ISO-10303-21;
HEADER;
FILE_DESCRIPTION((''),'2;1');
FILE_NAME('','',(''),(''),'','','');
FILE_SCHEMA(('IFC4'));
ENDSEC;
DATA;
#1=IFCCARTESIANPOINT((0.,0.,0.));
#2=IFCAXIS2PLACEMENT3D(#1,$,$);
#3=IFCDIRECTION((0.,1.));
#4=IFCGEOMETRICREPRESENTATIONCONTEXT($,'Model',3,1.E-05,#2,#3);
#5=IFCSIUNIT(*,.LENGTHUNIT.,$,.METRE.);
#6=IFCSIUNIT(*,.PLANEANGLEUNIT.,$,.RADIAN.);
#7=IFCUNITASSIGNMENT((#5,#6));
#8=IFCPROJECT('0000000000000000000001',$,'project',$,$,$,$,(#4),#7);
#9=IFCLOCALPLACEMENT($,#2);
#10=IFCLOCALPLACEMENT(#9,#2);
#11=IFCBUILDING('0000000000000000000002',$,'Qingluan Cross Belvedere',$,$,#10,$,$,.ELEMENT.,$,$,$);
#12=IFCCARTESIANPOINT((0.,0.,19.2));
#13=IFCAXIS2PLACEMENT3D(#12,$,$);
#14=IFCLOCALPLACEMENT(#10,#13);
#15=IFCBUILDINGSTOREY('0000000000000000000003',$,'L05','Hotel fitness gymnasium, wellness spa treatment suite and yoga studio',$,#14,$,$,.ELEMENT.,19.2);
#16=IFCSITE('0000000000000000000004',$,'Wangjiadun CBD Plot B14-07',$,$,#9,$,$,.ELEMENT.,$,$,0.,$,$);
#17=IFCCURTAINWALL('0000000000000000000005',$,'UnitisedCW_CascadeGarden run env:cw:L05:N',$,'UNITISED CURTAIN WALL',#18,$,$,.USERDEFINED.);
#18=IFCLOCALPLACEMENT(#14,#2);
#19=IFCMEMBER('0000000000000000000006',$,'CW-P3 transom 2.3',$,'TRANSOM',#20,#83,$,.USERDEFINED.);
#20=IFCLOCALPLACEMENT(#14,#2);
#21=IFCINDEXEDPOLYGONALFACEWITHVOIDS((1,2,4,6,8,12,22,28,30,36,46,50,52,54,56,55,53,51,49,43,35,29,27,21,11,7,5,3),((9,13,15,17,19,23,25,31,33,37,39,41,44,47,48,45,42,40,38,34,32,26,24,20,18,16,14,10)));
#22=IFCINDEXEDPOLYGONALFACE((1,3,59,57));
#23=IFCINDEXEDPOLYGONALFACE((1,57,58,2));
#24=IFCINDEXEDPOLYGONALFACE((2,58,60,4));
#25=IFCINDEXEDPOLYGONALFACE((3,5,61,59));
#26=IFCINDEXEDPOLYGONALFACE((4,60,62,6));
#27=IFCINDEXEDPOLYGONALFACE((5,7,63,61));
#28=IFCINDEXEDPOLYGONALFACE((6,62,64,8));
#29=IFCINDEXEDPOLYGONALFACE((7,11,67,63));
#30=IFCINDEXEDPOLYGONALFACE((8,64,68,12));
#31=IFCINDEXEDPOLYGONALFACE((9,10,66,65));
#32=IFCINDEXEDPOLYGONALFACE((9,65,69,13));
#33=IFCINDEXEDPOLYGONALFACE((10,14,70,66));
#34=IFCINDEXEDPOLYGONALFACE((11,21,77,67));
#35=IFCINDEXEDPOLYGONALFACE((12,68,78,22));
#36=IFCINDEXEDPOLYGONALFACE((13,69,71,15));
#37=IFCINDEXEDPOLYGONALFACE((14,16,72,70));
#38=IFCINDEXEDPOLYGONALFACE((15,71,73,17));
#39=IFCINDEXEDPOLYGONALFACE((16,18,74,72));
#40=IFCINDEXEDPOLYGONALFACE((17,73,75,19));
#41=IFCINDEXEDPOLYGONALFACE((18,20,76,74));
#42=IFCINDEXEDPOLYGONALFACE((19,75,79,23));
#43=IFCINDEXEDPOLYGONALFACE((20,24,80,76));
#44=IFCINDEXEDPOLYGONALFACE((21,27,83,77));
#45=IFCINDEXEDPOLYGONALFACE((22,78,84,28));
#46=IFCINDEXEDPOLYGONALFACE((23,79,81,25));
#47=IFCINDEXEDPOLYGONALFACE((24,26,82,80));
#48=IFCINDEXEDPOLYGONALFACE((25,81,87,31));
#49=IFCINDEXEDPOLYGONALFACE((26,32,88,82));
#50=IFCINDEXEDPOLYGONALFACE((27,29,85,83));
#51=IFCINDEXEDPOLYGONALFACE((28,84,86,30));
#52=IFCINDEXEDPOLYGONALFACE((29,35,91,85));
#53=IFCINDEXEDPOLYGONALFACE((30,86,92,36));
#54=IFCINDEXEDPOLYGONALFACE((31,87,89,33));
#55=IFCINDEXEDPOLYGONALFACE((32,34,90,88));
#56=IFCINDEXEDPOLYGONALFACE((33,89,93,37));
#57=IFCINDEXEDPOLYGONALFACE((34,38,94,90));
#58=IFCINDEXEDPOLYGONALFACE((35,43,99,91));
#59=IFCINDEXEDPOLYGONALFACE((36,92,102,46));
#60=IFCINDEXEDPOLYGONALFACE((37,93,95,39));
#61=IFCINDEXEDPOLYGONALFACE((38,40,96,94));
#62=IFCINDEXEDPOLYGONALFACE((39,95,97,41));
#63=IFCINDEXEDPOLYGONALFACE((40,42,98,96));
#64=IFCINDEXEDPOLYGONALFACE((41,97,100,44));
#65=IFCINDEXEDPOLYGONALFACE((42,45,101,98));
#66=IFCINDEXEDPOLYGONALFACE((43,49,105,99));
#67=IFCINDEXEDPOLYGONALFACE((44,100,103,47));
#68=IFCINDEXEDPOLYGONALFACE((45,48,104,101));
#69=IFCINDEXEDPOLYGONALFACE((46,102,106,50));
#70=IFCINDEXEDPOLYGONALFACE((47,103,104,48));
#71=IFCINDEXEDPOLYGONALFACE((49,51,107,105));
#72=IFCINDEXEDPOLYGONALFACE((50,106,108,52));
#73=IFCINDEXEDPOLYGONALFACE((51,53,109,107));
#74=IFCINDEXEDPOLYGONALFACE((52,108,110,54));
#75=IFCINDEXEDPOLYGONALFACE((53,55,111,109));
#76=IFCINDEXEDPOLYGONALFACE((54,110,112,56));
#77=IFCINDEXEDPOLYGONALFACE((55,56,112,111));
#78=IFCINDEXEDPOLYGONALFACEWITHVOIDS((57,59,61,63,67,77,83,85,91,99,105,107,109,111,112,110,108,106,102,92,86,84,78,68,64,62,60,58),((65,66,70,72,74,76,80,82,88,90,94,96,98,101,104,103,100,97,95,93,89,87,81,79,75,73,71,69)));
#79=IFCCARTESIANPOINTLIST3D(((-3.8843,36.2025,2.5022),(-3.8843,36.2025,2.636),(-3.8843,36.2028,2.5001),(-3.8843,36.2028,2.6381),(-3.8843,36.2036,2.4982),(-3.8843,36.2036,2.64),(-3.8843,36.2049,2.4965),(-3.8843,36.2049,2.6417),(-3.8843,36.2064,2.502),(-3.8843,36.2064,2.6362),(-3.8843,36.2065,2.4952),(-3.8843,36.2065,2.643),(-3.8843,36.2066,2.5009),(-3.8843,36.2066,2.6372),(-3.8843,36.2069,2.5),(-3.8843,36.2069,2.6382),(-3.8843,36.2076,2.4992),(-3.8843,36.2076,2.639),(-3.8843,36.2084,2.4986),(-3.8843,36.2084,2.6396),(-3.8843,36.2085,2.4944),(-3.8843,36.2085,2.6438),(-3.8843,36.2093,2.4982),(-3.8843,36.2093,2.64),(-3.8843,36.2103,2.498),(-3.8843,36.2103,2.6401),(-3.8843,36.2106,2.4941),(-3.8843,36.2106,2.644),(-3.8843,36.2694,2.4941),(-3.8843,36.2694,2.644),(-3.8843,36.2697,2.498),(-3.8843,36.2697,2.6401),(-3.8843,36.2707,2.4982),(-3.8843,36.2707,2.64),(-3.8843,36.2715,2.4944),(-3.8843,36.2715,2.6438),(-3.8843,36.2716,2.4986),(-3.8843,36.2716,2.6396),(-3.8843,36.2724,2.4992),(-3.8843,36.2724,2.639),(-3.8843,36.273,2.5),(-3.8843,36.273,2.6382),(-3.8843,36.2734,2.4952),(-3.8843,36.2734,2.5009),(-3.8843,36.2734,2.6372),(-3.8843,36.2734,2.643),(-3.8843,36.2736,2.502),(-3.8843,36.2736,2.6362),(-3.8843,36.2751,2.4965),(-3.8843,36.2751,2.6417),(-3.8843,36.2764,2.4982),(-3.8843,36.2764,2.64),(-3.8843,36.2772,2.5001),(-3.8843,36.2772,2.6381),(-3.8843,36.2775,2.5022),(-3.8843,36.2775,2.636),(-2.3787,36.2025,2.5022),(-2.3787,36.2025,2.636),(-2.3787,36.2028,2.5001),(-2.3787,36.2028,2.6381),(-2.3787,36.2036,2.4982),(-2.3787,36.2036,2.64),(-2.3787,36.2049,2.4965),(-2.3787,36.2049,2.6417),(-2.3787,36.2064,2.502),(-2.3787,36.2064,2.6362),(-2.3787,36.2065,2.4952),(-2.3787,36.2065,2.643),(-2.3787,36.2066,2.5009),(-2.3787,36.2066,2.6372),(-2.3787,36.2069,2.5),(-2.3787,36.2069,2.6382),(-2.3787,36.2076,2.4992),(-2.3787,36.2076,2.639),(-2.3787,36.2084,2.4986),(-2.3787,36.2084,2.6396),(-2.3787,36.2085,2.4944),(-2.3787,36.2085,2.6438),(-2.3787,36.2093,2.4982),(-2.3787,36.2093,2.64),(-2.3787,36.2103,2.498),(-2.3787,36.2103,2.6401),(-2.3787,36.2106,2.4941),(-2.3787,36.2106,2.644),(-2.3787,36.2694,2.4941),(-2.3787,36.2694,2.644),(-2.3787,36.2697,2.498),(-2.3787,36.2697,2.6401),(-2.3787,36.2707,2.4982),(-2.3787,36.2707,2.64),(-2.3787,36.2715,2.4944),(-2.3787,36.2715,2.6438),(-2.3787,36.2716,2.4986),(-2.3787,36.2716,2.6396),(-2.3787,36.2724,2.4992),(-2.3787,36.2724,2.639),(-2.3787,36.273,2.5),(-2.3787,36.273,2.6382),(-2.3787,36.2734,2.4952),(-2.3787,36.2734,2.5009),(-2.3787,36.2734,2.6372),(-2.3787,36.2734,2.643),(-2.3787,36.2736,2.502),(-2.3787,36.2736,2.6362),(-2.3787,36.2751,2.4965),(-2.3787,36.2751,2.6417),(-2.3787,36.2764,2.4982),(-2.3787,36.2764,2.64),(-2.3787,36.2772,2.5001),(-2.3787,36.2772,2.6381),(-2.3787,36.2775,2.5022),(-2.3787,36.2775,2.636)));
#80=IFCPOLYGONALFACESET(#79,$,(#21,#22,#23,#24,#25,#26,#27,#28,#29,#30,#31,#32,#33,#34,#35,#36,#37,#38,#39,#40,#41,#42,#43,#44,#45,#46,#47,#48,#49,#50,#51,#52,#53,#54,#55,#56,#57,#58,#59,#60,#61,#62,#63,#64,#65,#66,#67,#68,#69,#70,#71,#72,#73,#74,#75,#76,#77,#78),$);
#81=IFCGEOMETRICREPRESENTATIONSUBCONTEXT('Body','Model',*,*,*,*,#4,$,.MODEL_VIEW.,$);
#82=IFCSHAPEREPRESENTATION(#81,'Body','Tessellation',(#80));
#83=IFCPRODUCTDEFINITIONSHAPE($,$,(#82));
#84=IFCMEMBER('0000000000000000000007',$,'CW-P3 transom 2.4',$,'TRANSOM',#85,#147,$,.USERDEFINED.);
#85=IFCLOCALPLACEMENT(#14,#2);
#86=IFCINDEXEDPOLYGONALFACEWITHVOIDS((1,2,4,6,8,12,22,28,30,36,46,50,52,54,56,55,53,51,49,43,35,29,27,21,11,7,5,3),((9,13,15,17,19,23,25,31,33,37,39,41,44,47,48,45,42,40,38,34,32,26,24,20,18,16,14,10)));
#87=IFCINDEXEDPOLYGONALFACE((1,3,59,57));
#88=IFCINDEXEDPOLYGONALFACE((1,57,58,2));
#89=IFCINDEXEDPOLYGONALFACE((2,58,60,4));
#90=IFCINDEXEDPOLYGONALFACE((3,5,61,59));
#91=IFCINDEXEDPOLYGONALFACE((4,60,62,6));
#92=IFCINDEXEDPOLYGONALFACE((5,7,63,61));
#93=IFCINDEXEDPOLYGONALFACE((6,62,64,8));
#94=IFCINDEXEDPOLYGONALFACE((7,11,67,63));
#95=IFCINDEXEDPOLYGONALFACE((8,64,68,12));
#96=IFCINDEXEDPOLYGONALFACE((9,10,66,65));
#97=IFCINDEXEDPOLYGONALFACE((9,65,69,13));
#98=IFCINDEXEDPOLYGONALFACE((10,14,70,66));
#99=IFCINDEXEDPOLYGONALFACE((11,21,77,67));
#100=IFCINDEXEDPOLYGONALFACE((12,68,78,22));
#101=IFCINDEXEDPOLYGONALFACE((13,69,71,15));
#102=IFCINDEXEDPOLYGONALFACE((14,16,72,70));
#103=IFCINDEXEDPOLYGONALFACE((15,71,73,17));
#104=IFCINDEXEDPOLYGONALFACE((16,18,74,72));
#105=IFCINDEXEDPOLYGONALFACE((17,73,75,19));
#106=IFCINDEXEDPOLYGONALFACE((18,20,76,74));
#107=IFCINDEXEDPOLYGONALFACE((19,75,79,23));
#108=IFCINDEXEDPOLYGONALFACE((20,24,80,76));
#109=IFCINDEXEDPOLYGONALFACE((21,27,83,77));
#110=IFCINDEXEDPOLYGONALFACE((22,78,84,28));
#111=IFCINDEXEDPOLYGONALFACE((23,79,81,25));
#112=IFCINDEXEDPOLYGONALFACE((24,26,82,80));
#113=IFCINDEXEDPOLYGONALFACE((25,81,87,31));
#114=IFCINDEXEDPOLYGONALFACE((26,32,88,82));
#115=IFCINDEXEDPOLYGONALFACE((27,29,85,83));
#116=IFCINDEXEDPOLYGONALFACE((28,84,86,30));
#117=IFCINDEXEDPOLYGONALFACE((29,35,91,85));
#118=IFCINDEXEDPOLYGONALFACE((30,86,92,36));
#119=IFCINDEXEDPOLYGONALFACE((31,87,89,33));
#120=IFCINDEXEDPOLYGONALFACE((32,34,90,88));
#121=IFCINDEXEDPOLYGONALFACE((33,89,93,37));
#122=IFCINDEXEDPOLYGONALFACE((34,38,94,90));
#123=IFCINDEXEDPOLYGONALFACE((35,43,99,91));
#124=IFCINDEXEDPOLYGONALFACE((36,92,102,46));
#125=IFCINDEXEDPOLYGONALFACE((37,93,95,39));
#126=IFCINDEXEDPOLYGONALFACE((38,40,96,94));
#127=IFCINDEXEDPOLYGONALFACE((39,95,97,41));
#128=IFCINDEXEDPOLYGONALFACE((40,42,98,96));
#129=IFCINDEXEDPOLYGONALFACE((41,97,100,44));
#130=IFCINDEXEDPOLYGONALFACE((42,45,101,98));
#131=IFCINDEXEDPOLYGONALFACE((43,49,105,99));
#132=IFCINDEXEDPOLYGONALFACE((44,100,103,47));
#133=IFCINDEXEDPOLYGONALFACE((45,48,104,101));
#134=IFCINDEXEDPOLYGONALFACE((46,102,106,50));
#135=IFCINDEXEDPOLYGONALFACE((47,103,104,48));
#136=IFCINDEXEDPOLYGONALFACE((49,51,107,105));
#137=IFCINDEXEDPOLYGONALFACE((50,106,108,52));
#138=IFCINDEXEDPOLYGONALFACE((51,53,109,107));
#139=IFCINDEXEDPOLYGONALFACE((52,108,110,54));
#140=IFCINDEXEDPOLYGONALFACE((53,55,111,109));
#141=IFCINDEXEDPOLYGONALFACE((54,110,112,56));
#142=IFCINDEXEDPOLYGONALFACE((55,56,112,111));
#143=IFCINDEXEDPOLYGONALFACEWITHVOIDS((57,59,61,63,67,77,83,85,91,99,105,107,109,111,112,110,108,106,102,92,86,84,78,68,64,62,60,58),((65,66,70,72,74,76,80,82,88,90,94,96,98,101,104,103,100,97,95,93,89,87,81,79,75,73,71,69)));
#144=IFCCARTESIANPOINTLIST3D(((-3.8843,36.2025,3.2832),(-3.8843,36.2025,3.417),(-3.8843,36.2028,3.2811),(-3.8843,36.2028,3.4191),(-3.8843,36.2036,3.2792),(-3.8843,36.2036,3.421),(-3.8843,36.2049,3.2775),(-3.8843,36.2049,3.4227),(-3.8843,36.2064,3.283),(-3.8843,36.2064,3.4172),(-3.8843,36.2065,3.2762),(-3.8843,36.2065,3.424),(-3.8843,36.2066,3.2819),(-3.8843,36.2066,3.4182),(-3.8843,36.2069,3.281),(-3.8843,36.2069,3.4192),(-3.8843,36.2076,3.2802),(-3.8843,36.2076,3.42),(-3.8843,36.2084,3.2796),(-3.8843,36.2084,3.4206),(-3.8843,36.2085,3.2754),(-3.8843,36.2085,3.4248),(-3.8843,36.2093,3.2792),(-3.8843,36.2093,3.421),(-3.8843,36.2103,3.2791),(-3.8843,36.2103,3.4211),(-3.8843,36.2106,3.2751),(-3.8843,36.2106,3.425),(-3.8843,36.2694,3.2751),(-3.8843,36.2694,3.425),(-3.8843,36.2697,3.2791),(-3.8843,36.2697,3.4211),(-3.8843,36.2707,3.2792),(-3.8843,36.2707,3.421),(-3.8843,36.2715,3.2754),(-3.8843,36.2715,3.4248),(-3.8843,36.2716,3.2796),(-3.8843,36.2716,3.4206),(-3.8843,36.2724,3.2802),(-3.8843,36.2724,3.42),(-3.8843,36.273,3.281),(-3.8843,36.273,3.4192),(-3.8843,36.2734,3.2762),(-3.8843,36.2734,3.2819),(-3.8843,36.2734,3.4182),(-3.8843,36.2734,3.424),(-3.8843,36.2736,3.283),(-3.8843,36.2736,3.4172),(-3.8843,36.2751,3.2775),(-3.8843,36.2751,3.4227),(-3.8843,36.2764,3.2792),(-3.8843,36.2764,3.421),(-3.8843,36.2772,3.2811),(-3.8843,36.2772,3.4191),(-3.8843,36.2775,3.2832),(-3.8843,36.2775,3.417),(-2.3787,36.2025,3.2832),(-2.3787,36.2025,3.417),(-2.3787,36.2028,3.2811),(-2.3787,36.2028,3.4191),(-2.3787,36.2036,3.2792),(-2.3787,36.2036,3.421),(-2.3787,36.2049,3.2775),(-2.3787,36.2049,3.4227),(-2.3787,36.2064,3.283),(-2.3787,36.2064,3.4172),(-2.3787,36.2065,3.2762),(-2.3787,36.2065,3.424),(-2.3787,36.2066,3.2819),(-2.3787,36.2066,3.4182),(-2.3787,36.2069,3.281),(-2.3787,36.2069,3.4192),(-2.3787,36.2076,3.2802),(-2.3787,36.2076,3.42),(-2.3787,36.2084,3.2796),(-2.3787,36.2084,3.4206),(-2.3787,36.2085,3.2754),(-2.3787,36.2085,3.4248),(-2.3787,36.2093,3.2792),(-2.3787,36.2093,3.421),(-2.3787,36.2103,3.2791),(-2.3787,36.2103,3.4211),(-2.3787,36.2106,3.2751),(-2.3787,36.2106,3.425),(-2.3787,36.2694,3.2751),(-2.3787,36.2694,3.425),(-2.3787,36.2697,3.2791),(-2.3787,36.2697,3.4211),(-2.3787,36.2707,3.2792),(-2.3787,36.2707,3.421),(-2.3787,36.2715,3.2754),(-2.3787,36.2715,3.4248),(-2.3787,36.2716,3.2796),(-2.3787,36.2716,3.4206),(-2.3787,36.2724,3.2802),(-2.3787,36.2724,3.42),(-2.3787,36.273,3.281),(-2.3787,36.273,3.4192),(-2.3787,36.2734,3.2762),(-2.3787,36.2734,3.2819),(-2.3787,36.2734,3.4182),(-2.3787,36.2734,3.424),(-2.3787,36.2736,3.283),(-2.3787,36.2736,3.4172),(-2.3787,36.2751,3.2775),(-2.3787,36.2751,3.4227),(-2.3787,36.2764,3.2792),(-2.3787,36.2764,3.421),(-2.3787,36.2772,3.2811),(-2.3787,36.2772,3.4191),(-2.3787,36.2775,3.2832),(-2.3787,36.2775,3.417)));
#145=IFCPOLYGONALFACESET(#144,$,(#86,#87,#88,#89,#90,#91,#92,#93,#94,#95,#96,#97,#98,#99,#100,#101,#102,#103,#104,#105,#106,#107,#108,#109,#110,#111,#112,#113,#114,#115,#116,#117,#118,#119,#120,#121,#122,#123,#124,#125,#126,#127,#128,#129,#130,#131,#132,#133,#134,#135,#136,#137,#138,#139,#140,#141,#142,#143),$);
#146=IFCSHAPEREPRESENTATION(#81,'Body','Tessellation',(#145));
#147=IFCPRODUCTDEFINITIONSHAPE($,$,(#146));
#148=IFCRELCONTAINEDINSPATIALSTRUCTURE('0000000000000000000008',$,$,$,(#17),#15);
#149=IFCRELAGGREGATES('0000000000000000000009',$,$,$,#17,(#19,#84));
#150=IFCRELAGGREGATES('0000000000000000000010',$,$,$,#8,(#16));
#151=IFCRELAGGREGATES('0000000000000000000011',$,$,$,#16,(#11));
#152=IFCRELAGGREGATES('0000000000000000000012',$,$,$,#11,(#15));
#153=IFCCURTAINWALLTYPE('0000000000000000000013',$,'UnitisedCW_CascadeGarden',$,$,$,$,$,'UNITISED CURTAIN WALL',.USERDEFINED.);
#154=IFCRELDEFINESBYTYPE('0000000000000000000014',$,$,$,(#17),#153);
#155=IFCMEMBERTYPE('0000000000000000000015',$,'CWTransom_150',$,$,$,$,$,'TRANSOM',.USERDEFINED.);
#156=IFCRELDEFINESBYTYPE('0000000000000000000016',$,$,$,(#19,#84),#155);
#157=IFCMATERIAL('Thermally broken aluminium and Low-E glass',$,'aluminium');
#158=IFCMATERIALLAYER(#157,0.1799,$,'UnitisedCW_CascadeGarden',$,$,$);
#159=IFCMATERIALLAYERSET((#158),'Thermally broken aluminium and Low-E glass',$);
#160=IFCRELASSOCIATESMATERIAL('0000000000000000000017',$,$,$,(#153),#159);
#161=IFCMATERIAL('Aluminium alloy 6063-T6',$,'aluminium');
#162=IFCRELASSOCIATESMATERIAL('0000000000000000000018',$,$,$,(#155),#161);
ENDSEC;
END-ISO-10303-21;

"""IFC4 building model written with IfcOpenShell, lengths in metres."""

from ifc_helpers import new_model, si_unit, direction, frame, origin, origin_2d, place, context, subcontext, project, spatial, hollow_rectangle, extrude, material, layer, layer_set, material_profile, profile_set, type_object, element, aggregate, save


model = new_model("IFC4")

# Units and contexts
model_context = context("Model", 3, precision=1e-05, world=origin(), true_north=direction((0.0, 1.0)))
body_context = subcontext(model_context, "Body", "Model", "MODEL_VIEW")
ifc_project = project(units=[si_unit("LENGTHUNIT", "METRE"), si_unit("PLANEANGLEUNIT", "RADIAN")], contexts=[model_context])

# Site, building, storey
site_placement = place(None, origin())
site = spatial("IfcSite", under=ifc_project, at=site_placement, Name="Wangjiadun CBD Plot B14-07", CompositionType="ELEMENT", RefElevation=0.0)
building_placement = place(site_placement, origin())
building = spatial("IfcBuilding", under=site, at=building_placement, Name="Qingluan Cross Belvedere", CompositionType="ELEMENT")
storey_placement = place(building_placement, frame((0.0, 0.0, 19.2)))
storey = spatial("IfcBuildingStorey", under=building, at=storey_placement, Name="L05", Description="Hotel fitness gymnasium, wellness spa treatment suite and yoga studio", CompositionType="ELEMENT", Elevation=19.2)

# Curtain wall, members
ifc_material_1 = material(Name="Thermally broken aluminium and Low-E glass", Category="aluminium")
ifc_layer_1 = layer(ifc_material_1, 0.1799, Name="UnitisedCW_CascadeGarden")
ifc_layer_set_1 = layer_set([ifc_layer_1], Name="Thermally broken aluminium and Low-E glass")
curtain_wall_type = type_object("IfcCurtainWallType", Name="UnitisedCW_CascadeGarden", ElementType="UNITISED CURTAIN WALL", PredefinedType="USERDEFINED", material=ifc_layer_set_1)
curtain_wall_placement = place(storey_placement, origin())
curtain_wall = element("IfcCurtainWall", 1, at=curtain_wall_placement, inside=storey, type_object=curtain_wall_type, Name="UnitisedCW_CascadeGarden run env:cw:L05:N", ObjectType="UNITISED CURTAIN WALL", PredefinedType="USERDEFINED")
ifc_material_2 = material(Name="Aluminium alloy 6063-T6", Category="aluminium")
ifc_material_profile_1 = material_profile(ifc_material_2, hollow_rectangle(XDim=0.075, YDim=0.1499, WallThickness=0.0039, InnerFilletRadius=0.0039, OuterFilletRadius=0.0081, at=origin_2d()), Name="CWT150x75x4")
ifc_profile_set_1 = profile_set([ifc_material_profile_1], Name="Aluminium alloy 6063-T6")
member_type_1 = type_object("IfcMemberType", Name="CWTransom_150", ElementType="TRANSOM", PredefinedType="USERDEFINED", material=ifc_profile_set_1)
member_1_placement = place(storey_placement, frame((-3.8843, 36.24, 2.5691), z_axis=(1.0, 0.0, 0.0), x_axis=(0.0, 1.0, 0.0)))
member_1 = element("IfcMember", 2, at=member_1_placement, type_object=member_type_1, Name="CW-P3 transom 2.3", ObjectType="TRANSOM", PredefinedType="USERDEFINED", context=body_context, shape_type="SweptSolid", body=[
    extrude(hollow_rectangle(XDim=0.075, YDim=0.1499, WallThickness=0.0039, InnerFilletRadius=0.0039, OuterFilletRadius=0.0081, at=origin_2d()), origin(), (0.0, 0.0, 1.0), 1.5056),
])
member_2_placement = place(storey_placement, frame((-3.8843, 36.24, 3.3501), z_axis=(1.0, 0.0, 0.0), x_axis=(0.0, 1.0, 0.0)))
member_2 = element("IfcMember", 3, at=member_2_placement, type_object=member_type_1, Name="CW-P3 transom 2.4", ObjectType="TRANSOM", PredefinedType="USERDEFINED", context=body_context, shape_type="SweptSolid", body=[
    extrude(hollow_rectangle(XDim=0.075, YDim=0.1499, WallThickness=0.0039, InnerFilletRadius=0.0039, OuterFilletRadius=0.0081, at=origin_2d()), origin(), (0.0, 0.0, 1.0), 1.5056),
])

aggregate(curtain_wall, [member_1, member_2])

save(model, "model.ifc")
